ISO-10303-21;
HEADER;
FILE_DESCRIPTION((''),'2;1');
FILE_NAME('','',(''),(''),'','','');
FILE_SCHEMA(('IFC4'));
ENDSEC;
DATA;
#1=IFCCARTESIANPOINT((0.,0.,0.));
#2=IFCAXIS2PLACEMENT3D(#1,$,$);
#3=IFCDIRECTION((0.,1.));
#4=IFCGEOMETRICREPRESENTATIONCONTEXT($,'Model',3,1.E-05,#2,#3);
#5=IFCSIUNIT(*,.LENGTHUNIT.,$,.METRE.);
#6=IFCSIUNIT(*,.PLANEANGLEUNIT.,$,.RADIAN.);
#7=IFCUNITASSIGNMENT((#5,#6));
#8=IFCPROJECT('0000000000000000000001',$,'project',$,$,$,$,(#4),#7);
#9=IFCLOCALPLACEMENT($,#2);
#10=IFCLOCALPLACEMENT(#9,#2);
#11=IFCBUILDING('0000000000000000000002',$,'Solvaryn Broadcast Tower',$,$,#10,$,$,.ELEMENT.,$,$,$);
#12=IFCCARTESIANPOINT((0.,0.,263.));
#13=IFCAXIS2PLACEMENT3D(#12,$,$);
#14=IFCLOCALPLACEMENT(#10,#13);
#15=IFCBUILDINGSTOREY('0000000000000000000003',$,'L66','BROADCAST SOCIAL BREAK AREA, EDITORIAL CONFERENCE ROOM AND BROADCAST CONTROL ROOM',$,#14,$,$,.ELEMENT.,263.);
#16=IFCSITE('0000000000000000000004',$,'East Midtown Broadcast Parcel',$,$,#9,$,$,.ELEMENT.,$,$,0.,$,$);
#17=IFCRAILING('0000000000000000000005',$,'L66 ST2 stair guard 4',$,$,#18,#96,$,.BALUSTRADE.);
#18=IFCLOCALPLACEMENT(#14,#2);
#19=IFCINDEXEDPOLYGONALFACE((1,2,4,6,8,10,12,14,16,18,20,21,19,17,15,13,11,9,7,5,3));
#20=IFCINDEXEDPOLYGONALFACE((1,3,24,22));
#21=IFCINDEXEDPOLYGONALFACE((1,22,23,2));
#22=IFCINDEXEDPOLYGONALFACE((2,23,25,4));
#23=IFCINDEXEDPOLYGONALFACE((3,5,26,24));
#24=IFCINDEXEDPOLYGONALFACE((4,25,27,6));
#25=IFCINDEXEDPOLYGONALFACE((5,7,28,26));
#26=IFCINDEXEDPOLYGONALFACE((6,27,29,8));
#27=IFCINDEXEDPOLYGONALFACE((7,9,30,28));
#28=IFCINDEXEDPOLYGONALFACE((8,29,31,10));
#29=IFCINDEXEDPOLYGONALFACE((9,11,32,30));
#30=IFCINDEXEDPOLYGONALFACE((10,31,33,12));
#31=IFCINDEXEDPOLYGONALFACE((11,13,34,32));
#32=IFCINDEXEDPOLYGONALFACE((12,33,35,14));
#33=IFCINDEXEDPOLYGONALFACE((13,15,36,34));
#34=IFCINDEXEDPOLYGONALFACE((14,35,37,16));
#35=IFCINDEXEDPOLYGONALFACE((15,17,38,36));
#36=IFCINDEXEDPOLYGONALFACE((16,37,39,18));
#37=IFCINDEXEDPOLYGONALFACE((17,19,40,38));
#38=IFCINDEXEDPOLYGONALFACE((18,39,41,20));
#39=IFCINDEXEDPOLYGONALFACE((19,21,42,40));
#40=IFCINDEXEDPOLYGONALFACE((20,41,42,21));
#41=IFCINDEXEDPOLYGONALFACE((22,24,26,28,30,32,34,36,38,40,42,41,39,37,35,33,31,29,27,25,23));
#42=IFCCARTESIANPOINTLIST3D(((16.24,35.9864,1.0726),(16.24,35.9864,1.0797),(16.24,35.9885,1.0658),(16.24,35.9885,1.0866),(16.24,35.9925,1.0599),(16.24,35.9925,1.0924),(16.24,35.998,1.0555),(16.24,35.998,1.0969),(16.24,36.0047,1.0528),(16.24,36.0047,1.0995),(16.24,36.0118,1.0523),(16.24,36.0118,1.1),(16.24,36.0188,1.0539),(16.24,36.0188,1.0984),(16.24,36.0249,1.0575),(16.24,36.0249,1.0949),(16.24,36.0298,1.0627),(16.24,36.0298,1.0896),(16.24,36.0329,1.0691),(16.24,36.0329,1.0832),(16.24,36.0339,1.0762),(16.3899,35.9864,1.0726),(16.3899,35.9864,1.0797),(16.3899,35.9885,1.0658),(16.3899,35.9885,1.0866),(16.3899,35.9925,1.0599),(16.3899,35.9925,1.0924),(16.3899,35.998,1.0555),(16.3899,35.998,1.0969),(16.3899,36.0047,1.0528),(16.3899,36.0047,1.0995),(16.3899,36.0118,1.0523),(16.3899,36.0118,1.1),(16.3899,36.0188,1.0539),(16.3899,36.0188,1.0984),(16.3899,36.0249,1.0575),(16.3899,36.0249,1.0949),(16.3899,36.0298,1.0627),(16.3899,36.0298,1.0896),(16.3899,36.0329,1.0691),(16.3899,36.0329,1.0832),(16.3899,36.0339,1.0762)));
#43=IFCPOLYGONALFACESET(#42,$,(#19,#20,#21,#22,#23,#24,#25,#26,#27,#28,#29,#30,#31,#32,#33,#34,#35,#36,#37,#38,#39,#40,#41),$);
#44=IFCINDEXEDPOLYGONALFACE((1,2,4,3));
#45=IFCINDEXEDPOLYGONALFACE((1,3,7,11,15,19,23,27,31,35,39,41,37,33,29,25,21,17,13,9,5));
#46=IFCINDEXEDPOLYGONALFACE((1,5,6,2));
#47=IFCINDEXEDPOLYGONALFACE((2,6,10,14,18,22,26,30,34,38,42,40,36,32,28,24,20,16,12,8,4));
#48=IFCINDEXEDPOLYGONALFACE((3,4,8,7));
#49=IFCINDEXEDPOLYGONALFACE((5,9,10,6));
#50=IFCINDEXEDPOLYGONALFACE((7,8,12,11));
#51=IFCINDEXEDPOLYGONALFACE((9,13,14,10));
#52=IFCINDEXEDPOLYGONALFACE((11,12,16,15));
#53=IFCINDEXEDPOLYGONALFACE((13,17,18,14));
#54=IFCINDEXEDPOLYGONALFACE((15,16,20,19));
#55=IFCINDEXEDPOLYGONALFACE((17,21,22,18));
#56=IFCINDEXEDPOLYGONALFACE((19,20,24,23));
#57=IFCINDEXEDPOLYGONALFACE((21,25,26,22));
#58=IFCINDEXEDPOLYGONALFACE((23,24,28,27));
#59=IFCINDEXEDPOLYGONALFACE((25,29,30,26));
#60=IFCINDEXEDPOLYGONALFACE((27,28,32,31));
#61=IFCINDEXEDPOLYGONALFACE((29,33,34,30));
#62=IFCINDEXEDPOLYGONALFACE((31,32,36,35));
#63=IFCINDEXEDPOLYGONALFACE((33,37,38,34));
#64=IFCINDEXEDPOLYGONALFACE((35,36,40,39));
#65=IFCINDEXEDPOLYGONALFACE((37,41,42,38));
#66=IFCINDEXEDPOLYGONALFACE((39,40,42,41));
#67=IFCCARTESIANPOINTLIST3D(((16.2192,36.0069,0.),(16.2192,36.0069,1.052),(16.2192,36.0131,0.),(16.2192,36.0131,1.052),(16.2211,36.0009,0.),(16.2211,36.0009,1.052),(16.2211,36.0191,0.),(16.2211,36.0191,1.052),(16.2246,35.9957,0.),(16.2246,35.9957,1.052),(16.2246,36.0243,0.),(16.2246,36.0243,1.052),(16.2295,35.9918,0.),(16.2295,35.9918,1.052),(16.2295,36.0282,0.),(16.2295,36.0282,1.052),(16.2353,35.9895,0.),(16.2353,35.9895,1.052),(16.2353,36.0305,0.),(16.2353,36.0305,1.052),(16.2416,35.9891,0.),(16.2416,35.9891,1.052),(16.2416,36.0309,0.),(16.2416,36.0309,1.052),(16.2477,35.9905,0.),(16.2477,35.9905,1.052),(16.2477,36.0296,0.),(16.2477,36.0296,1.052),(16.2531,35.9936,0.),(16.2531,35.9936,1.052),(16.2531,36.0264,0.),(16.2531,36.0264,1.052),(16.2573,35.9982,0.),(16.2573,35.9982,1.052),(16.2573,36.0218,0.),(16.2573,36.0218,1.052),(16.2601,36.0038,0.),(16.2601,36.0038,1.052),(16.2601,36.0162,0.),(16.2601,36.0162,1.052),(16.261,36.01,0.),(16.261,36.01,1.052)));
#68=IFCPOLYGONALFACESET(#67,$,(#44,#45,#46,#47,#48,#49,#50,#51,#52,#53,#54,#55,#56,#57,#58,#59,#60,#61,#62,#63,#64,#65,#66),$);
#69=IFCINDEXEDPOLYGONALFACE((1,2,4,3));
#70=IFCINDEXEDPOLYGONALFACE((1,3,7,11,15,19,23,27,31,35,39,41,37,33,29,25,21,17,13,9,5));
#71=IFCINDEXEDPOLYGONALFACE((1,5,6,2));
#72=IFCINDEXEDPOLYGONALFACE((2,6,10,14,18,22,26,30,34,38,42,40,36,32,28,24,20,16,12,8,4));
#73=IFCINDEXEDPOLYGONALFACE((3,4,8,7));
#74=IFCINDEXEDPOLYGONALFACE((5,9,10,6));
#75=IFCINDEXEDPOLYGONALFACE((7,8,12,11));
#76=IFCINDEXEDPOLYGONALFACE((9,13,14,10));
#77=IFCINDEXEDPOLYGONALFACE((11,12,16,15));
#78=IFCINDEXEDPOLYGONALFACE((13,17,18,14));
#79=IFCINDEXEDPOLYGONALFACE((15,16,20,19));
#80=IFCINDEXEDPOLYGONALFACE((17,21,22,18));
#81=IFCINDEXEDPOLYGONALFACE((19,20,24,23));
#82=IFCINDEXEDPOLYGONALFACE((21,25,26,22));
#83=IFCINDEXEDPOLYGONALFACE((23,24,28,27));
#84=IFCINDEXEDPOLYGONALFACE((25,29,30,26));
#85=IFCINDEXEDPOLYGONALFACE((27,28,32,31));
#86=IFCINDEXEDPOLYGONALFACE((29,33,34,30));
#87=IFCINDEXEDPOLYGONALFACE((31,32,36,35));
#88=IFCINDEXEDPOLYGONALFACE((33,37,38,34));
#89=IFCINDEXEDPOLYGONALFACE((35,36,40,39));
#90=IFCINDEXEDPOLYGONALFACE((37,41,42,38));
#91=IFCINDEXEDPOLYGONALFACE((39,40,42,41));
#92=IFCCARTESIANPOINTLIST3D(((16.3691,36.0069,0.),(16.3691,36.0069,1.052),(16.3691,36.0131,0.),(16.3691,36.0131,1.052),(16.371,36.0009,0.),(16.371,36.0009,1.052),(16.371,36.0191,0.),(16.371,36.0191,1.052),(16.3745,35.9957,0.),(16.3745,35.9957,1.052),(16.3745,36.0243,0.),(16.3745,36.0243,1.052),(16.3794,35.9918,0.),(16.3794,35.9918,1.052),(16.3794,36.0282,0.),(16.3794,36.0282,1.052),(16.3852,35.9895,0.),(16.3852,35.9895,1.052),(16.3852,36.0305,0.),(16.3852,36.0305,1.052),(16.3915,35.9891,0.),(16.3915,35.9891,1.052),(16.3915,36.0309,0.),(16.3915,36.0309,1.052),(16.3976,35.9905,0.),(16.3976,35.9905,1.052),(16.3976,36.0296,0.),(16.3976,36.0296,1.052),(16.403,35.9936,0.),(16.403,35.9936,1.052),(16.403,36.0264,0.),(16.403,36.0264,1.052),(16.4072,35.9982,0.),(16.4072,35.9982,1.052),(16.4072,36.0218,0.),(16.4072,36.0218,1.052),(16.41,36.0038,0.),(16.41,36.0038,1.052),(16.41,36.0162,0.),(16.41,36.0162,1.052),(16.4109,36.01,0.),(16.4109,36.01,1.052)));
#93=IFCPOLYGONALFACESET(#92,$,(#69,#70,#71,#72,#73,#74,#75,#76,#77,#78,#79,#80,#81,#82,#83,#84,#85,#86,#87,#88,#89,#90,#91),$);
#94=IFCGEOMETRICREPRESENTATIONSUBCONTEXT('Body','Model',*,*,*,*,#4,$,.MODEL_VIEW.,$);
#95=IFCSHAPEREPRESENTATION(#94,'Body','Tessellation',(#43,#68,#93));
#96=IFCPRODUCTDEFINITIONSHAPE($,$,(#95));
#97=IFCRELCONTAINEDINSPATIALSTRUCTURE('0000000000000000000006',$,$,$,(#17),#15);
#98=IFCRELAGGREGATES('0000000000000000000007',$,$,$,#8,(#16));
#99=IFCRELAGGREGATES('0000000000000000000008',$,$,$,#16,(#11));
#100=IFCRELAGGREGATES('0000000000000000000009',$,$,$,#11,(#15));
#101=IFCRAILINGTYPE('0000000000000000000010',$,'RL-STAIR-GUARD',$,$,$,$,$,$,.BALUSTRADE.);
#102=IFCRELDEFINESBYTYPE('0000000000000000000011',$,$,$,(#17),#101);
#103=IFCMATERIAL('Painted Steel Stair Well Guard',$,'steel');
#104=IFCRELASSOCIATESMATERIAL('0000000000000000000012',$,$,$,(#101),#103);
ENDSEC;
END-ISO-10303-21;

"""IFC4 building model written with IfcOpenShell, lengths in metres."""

from ifc_helpers import new_model, si_unit, direction, frame, origin, origin_2d, place, context, subcontext, project, spatial, circle, extrude, material, type_object, element, save


model = new_model("IFC4")

# Units and contexts
model_context = context("Model", 3, precision=1e-05, world=origin(), true_north=direction((0.0, 1.0)))
body_context = subcontext(model_context, "Body", "Model", "MODEL_VIEW")
ifc_project = project(units=[si_unit("LENGTHUNIT", "METRE"), si_unit("PLANEANGLEUNIT", "RADIAN")], contexts=[model_context])

# Site, building, storey
site_placement = place(None, origin())
site = spatial("IfcSite", under=ifc_project, at=site_placement, Name="East Midtown Broadcast Parcel", CompositionType="ELEMENT", RefElevation=0.0)
building_placement = place(site_placement, origin())
building = spatial("IfcBuilding", under=site, at=building_placement, Name="Solvaryn Broadcast Tower", CompositionType="ELEMENT")
storey_placement = place(building_placement, frame((0.0, 0.0, 263.0)))
storey = spatial("IfcBuildingStorey", under=building, at=storey_placement, Name="L66", Description="BROADCAST SOCIAL BREAK AREA, EDITORIAL CONFERENCE ROOM AND BROADCAST CONTROL ROOM", CompositionType="ELEMENT", Elevation=263.0)

# Railing
ifc_material_1 = material(Name="Painted Steel Stair Well Guard", Category="steel")
railing_type_1 = type_object("IfcRailingType", Name="RL-STAIR-GUARD", PredefinedType="BALUSTRADE", material=ifc_material_1)
railing_1_placement = place(storey_placement, frame((16.24, 36.01, 0.0)))
element("IfcRailing", 1, at=railing_1_placement, inside=storey, type_object=railing_type_1, Name="L66 ST2 stair guard 4", PredefinedType="BALUSTRADE", context=body_context, shape_type="SweptSolid", body=[
    extrude(circle(Radius=0.0239, at=origin_2d()), frame((0.0, 0.0, 1.0762), z_axis=(1.0, 0.0, 0.0), x_axis=(0.0, 1.0, 0.0)), (0.0, 0.0, 1.0), 0.1499),
    extrude(circle(Radius=0.021, at=origin_2d()), origin(), (0.0, 0.0, 1.0), 1.052),
    extrude(circle(Radius=0.021, at=origin_2d()), frame((0.1499, 0.0, 0.0)), (0.0, 0.0, 1.0), 1.052),
])

save(model, "model.ifc")
